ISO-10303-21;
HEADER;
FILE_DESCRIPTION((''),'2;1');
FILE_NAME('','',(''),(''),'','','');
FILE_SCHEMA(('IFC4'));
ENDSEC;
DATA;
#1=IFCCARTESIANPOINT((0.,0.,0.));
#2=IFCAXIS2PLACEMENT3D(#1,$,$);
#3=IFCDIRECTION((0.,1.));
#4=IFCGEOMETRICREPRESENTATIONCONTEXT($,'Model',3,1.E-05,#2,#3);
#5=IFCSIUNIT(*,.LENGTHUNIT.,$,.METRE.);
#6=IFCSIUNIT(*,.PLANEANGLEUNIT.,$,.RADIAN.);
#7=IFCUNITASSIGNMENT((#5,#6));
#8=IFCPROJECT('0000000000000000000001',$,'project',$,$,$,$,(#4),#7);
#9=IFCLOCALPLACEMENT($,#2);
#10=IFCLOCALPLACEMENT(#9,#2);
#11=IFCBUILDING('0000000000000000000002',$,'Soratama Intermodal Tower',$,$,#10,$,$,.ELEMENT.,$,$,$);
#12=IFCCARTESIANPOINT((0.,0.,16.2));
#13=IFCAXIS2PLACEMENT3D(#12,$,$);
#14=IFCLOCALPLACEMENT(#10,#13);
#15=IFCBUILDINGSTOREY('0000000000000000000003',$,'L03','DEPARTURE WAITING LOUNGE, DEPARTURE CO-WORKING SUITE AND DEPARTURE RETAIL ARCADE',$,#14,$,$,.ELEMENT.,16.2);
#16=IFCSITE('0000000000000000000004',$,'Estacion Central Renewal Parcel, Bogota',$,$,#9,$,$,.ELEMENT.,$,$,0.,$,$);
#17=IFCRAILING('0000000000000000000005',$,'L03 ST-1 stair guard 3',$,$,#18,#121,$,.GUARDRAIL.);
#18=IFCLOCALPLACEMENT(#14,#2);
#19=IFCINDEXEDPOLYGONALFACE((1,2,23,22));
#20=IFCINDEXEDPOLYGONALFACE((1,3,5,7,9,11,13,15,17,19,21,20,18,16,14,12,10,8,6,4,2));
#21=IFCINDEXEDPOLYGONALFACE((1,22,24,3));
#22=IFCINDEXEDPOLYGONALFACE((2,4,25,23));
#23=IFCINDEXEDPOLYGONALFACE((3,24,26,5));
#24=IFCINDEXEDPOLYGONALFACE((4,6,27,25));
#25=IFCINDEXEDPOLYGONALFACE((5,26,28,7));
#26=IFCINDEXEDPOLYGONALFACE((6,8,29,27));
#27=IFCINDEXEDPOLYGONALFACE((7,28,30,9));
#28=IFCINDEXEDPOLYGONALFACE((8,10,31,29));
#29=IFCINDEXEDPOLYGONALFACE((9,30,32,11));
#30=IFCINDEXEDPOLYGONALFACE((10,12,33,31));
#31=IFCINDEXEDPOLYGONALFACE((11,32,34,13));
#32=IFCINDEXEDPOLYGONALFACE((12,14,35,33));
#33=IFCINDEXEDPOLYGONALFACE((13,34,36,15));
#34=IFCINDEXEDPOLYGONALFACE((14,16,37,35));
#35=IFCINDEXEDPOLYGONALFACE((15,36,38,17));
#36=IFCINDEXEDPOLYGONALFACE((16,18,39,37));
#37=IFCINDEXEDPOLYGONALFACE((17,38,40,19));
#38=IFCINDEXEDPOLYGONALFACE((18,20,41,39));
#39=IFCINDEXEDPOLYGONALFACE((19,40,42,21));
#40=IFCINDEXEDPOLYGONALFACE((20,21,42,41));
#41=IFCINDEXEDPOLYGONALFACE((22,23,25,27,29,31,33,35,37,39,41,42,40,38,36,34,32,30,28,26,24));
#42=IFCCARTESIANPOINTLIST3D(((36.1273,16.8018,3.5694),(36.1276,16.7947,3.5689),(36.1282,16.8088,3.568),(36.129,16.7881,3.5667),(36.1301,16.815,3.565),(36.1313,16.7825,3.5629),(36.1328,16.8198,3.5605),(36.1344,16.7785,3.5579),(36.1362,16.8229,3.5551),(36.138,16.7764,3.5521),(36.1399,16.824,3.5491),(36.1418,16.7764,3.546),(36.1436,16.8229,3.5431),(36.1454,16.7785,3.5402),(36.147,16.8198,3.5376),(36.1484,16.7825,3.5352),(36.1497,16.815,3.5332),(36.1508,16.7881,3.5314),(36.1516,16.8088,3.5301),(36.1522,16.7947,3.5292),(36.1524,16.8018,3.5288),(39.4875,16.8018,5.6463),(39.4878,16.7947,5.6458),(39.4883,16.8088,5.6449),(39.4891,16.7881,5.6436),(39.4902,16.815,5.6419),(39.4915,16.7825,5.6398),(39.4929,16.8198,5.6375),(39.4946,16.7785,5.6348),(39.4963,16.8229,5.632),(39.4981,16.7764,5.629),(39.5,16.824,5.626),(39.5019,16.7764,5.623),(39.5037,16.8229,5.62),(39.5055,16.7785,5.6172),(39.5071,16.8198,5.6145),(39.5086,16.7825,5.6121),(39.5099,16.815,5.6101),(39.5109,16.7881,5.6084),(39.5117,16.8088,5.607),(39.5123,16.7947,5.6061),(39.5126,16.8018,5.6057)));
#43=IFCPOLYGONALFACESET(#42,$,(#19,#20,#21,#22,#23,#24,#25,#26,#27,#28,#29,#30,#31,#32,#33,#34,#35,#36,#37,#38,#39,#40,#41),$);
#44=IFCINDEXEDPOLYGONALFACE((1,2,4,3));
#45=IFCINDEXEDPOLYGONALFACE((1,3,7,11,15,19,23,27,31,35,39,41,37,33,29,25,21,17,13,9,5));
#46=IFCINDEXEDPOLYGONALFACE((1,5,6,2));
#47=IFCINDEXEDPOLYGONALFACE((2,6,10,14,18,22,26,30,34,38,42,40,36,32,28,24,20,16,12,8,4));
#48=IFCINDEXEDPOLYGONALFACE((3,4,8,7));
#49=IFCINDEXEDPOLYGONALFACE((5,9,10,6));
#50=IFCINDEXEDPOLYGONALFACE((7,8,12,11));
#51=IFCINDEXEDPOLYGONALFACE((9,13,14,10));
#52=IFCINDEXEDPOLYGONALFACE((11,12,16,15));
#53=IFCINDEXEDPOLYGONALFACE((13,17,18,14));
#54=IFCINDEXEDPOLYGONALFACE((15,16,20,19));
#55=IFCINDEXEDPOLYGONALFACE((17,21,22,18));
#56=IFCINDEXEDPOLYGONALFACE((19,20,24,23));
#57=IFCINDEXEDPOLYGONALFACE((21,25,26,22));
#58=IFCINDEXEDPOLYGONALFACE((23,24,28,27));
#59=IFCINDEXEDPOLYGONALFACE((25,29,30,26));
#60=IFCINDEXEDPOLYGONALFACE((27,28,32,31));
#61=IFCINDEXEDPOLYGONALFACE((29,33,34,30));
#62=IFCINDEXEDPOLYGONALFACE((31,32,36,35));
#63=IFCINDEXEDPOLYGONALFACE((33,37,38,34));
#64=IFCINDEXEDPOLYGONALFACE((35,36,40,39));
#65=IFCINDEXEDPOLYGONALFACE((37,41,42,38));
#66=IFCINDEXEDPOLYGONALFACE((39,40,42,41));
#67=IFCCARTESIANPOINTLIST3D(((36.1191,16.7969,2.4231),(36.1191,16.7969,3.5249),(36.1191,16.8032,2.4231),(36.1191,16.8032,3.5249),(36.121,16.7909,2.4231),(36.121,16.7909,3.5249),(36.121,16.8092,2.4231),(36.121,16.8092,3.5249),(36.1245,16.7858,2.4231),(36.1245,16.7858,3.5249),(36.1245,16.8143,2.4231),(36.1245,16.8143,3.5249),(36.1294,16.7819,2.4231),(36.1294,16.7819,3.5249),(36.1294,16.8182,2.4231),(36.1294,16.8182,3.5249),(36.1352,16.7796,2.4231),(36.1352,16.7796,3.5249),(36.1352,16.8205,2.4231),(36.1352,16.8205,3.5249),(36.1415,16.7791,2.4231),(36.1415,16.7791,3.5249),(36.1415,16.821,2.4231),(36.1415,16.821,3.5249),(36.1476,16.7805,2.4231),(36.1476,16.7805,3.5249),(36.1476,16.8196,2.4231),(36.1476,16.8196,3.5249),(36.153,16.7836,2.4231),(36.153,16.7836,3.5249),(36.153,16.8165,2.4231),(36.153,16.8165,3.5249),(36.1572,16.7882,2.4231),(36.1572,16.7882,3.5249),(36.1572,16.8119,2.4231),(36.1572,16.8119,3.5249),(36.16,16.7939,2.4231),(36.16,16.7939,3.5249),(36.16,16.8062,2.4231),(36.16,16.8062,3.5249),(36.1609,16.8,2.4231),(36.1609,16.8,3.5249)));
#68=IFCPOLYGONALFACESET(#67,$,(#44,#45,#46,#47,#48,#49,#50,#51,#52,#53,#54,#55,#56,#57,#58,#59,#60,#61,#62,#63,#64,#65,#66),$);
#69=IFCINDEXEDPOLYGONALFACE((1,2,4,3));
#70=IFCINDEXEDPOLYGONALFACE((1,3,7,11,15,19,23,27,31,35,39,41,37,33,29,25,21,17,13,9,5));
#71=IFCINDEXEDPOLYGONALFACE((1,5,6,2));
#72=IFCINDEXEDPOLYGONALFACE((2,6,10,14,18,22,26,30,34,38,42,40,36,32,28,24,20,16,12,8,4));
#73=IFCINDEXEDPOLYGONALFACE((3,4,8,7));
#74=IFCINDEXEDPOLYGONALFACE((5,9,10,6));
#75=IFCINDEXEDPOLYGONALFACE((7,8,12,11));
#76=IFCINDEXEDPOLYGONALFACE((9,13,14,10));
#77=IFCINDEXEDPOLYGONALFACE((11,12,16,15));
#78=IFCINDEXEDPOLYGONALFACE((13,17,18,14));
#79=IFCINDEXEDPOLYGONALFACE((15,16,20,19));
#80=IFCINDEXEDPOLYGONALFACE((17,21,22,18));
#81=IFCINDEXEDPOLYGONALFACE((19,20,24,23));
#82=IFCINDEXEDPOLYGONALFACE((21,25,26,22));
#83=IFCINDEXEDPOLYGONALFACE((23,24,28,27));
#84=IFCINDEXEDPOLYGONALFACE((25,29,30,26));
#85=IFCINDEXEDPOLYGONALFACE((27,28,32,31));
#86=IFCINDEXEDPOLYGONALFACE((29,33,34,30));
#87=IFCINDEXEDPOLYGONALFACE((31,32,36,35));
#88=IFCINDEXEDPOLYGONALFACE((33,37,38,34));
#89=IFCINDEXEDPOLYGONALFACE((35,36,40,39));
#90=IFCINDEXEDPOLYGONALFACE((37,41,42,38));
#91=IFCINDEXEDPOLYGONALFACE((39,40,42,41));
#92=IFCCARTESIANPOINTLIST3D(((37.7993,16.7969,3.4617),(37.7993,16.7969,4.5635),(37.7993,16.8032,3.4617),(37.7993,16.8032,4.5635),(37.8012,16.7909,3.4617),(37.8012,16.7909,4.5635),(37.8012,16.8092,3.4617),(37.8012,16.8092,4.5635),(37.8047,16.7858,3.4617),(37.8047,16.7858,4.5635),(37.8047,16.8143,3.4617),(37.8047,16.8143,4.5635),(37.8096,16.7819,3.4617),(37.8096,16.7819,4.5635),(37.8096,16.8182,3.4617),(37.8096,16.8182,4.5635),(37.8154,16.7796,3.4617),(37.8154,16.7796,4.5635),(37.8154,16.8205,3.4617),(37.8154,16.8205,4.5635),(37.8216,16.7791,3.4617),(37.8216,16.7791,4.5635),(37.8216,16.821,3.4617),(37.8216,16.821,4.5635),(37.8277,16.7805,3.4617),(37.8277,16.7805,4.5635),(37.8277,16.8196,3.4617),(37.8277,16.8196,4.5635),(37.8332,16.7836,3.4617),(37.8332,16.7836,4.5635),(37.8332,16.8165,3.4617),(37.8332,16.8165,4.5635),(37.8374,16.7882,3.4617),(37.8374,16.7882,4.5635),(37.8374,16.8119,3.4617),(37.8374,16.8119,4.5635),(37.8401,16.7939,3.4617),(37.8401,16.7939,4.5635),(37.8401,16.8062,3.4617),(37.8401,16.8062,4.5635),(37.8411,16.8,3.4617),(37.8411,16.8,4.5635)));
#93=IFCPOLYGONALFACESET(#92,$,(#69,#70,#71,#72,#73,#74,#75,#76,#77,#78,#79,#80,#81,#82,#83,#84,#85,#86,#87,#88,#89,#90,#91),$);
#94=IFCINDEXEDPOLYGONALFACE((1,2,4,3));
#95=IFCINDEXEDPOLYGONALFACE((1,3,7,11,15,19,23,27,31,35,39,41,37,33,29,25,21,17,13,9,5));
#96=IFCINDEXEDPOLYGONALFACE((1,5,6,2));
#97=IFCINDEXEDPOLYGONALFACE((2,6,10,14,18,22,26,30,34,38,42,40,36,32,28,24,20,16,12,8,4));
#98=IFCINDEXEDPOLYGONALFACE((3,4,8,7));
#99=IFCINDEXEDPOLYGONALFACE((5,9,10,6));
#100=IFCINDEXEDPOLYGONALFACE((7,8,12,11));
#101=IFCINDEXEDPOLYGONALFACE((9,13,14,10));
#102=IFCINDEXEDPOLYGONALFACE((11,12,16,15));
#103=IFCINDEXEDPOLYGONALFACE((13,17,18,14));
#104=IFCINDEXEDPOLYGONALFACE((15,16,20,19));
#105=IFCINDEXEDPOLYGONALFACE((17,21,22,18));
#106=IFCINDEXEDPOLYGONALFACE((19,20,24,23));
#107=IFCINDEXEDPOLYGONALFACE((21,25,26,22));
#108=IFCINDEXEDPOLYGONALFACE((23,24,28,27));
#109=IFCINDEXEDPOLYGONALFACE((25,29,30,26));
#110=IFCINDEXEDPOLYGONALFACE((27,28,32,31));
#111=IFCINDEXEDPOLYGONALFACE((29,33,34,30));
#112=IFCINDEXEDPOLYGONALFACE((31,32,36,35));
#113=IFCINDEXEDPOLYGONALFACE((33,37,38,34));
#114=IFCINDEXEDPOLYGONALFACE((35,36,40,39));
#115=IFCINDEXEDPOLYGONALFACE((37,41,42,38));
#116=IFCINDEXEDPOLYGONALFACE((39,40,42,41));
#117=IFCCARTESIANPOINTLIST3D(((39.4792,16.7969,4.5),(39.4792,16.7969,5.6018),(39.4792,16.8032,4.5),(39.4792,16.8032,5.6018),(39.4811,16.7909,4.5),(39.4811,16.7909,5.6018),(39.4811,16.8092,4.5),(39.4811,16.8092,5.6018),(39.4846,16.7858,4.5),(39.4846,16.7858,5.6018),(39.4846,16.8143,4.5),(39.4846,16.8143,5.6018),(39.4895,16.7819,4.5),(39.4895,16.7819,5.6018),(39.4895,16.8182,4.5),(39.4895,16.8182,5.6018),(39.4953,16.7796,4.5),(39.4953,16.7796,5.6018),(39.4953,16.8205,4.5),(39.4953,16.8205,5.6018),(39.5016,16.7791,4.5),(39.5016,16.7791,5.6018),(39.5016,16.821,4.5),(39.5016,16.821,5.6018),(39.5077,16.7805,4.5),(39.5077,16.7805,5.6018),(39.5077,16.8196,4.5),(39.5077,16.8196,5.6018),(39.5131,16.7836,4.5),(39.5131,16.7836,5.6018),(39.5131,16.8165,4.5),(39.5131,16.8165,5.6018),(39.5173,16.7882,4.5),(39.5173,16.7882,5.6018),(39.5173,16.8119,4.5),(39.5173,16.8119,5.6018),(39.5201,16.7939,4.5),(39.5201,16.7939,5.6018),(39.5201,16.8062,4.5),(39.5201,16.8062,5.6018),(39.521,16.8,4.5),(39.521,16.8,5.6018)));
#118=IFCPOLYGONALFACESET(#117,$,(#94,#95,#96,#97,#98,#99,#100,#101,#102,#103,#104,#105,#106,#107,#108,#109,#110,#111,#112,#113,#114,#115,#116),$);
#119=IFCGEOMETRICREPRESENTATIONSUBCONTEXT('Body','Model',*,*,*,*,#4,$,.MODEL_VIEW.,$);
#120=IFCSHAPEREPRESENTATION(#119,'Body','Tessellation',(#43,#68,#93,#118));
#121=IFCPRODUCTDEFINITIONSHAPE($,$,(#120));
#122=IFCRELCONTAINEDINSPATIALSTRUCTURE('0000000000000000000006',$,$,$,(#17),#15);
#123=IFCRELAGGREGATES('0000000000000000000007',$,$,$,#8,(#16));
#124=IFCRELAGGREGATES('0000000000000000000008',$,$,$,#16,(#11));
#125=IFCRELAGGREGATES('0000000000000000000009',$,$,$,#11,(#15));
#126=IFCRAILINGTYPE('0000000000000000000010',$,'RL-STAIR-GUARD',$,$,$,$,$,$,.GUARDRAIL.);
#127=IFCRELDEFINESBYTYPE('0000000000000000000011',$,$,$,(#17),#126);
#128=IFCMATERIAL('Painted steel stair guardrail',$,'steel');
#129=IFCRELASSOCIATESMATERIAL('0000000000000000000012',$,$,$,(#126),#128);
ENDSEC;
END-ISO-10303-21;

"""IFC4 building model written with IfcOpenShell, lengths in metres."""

from ifc_helpers import new_model, si_unit, direction, frame, origin, origin_2d, place, context, subcontext, project, spatial, circle, extrude, material, type_object, element, save


model = new_model("IFC4")

# Units and contexts
model_context = context("Model", 3, precision=1e-05, world=origin(), true_north=direction((0.0, 1.0)))
body_context = subcontext(model_context, "Body", "Model", "MODEL_VIEW")
ifc_project = project(units=[si_unit("LENGTHUNIT", "METRE"), si_unit("PLANEANGLEUNIT", "RADIAN")], contexts=[model_context])

# Site, building, storey
site_placement = place(None, origin())
site = spatial("IfcSite", under=ifc_project, at=site_placement, Name="Estacion Central Renewal Parcel, Bogota", CompositionType="ELEMENT", RefElevation=0.0)
building_placement = place(site_placement, origin())
building = spatial("IfcBuilding", under=site, at=building_placement, Name="Soratama Intermodal Tower", CompositionType="ELEMENT")
storey_placement = place(building_placement, frame((0.0, 0.0, 16.2)))
storey = spatial("IfcBuildingStorey", under=building, at=storey_placement, Name="L03", Description="DEPARTURE WAITING LOUNGE, DEPARTURE CO-WORKING SUITE AND DEPARTURE RETAIL ARCADE", CompositionType="ELEMENT", Elevation=16.2)

# Railing
ifc_material_1 = material(Name="Painted steel stair guardrail", Category="steel")
railing_type_1 = type_object("IfcRailingType", Name="RL-STAIR-GUARD", PredefinedType="GUARDRAIL", material=ifc_material_1)
railing_1_placement = place(storey_placement, frame((36.1399, 16.8, 2.4231)))
element("IfcRailing", 1, at=railing_1_placement, inside=storey, type_object=railing_type_1, Name="L03 ST-1 stair guard 3", PredefinedType="GUARDRAIL", context=body_context, shape_type="SweptSolid", body=[
    extrude(circle(Radius=0.0239, at=origin_2d()), frame((0.0, 0.0, 1.126), z_axis=(0.850623, 0.0, 0.525776), x_axis=(0.0, 1.0, 0.0)), (0.0, 0.0, 1.0), 3.9502),
    extrude(circle(Radius=0.021, at=origin_2d()), origin(), (0.0, 0.0, 1.0), 1.1018),
    extrude(circle(Radius=0.021, at=origin_2d()), frame((1.6802, 0.0, 1.0386)), (0.0, 0.0, 1.0), 1.1018),
    extrude(circle(Radius=0.021, at=origin_2d()), frame((3.3601, 0.0, 2.0769)), (0.0, 0.0, 1.0), 1.1018),
])

save(model, "model.ifc")
